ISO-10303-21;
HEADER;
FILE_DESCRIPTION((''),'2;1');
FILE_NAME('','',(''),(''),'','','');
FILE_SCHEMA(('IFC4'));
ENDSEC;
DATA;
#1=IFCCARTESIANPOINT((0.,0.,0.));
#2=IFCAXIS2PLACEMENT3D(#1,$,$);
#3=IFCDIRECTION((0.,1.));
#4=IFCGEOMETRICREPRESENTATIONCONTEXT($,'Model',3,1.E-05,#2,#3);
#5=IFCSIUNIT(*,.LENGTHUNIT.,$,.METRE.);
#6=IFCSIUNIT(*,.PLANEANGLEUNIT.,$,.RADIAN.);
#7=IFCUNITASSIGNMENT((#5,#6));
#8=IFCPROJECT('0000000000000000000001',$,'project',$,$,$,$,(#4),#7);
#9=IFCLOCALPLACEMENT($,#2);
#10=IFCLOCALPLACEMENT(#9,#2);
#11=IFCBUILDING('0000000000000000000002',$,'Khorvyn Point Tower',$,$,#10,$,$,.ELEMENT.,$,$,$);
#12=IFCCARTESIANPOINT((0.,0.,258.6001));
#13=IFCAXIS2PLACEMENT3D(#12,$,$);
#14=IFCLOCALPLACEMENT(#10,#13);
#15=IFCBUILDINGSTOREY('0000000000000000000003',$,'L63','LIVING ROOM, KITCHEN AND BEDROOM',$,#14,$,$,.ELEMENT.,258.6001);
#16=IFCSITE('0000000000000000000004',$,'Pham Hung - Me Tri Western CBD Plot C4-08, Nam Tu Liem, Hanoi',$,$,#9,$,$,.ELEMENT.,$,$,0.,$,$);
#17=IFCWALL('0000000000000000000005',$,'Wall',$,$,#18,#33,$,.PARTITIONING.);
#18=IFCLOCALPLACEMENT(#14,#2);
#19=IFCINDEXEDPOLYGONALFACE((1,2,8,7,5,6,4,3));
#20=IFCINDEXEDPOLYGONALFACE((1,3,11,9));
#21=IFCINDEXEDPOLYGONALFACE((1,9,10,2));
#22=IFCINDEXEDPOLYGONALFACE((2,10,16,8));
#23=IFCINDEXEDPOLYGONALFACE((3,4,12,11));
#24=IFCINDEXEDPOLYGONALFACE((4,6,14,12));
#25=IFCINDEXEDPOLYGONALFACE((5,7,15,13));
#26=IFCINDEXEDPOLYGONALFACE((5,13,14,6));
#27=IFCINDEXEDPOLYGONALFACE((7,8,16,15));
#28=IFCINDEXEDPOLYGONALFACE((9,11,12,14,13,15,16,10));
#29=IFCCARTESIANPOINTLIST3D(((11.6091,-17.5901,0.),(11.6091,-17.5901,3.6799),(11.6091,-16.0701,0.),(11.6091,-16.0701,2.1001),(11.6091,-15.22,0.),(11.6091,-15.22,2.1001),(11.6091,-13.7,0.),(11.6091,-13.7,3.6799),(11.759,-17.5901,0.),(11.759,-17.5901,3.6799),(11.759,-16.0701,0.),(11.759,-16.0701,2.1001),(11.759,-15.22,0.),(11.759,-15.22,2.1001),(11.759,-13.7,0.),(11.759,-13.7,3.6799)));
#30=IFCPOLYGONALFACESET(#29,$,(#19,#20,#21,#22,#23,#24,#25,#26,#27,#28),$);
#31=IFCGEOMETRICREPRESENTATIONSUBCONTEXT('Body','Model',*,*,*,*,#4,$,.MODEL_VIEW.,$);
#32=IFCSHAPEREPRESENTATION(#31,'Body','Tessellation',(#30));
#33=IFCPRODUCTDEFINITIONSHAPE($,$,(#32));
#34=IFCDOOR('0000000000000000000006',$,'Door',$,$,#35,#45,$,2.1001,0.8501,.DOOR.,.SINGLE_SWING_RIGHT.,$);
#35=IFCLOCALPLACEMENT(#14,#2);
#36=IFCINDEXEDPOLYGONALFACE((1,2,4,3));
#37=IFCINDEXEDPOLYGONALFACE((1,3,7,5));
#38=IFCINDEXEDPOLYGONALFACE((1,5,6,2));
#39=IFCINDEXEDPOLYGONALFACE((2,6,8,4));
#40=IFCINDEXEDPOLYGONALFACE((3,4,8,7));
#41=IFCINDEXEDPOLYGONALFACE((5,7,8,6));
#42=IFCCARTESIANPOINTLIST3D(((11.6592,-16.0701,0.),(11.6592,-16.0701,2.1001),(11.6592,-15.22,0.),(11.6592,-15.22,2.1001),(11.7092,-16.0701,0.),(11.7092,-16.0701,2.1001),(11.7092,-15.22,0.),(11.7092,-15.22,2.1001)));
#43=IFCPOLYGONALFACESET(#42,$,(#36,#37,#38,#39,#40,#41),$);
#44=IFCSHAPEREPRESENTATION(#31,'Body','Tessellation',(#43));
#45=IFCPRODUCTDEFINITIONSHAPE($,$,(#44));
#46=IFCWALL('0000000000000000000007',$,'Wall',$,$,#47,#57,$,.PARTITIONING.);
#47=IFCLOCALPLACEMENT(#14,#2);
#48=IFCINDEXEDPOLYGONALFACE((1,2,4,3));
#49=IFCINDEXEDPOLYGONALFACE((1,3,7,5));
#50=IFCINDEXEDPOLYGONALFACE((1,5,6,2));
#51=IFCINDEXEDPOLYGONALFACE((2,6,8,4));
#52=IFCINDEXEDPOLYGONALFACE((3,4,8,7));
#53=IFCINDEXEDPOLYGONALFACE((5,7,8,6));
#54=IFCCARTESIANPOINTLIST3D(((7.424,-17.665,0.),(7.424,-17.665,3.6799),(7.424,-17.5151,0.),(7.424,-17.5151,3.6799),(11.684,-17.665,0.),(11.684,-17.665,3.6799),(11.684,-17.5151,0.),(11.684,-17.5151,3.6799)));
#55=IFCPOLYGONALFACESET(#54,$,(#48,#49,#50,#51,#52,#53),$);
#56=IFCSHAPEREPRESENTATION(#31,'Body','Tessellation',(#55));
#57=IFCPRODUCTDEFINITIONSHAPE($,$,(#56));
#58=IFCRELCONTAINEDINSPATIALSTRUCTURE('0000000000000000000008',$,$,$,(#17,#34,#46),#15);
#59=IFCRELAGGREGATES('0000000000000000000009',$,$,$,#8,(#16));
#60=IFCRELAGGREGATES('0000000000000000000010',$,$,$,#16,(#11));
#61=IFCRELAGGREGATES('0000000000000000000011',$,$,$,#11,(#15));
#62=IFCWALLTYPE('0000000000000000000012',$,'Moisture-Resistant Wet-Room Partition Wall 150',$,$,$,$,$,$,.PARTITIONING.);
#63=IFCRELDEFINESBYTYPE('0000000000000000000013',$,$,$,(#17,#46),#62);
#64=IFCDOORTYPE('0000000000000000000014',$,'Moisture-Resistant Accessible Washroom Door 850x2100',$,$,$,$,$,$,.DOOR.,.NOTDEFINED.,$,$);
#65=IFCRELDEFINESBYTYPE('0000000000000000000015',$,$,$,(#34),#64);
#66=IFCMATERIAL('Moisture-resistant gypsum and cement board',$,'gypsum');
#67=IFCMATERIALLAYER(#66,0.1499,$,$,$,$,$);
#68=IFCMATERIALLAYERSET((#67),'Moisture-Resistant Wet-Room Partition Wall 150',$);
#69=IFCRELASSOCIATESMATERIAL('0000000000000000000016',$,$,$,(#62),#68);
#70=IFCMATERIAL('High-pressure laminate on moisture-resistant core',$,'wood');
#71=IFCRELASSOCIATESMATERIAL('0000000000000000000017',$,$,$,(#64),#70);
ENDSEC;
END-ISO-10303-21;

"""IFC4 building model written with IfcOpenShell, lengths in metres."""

from ifc_helpers import new_model, si_unit, direction, frame, frame_2d, origin, place, context, subcontext, project, spatial, rectangle, extrude, material, layer, layer_set, type_object, element, fill, save


model = new_model("IFC4")

# Units and contexts
model_context = context("Model", 3, precision=1e-05, world=origin(), true_north=direction((0.0, 1.0)))
body_context = subcontext(model_context, "Body", "Model", "MODEL_VIEW")
ifc_project = project(units=[si_unit("LENGTHUNIT", "METRE"), si_unit("PLANEANGLEUNIT", "RADIAN")], contexts=[model_context])

# Site, building, storey
site_placement = place(None, origin())
site = spatial("IfcSite", under=ifc_project, at=site_placement, Name="Pham Hung - Me Tri Western CBD Plot C4-08, Nam Tu Liem, Hanoi", CompositionType="ELEMENT", RefElevation=0.0)
building_placement = place(site_placement, origin())
building = spatial("IfcBuilding", under=site, at=building_placement, Name="Khorvyn Point Tower", CompositionType="ELEMENT")
storey_placement = place(building_placement, frame((0.0, 0.0, 258.6001)))
storey = spatial("IfcBuildingStorey", under=building, at=storey_placement, Name="L63", Description="LIVING ROOM, KITCHEN AND BEDROOM", CompositionType="ELEMENT", Elevation=258.6001)

# Wall, opening, door
ifc_material_1 = material(Name="Moisture-resistant gypsum and cement board", Category="gypsum")
ifc_layer_1 = layer(ifc_material_1, 0.1499)
ifc_layer_set_1 = layer_set([ifc_layer_1], Name="Moisture-Resistant Wet-Room Partition Wall 150")
wall_type_1 = type_object("IfcWallType", Name="Moisture-Resistant Wet-Room Partition Wall 150", PredefinedType="PARTITIONING", material=ifc_layer_set_1)
wall_1_placement = place(storey_placement, frame((11.6841, -17.5901, 0.0), z_axis=(0.0, 0.0, 1.0), x_axis=(0.0, 1.0, 0.0)))
wall_1 = element("IfcWall", 1, at=wall_1_placement, inside=storey, type_object=wall_type_1, Name="Wall", PredefinedType="PARTITIONING", context=body_context, shape_type="SweptSolid", body=[
    extrude(rectangle(XDim=3.8901, YDim=0.1499, at=frame_2d((1.9451, 0.0))), origin(), (0.0, 0.0, 1.0), 3.6799),
])
opening_1_placement = place(wall_1_placement, frame((1.52, 0.0, 0.0)))
opening_1 = element("IfcOpeningElement", 2, at=opening_1_placement, cuts=wall_1, PredefinedType="OPENING", context=body_context, shape_type="SweptSolid", body=[
    extrude(rectangle(XDim=0.8501, YDim=2.1001, at=frame_2d((0.425, 1.05))), frame((0.0, 0.085, 0.0), z_axis=(0.0, -1.0, 0.0), x_axis=(1.0, 0.0, 0.0)), (0.0, 0.0, 1.0), 0.1699),
])
ifc_material_2 = material(Name="High-pressure laminate on moisture-resistant core", Category="wood")
door_type_1 = type_object("IfcDoorType", Name="Moisture-Resistant Accessible Washroom Door 850x2100", OperationType="NOTDEFINED", PredefinedType="DOOR", material=ifc_material_2)
door_1_placement = place(opening_1_placement, origin())
door_1 = element("IfcDoor", 3, at=door_1_placement, inside=storey, type_object=door_type_1, Name="Door", OperationType="SINGLE_SWING_RIGHT", OverallHeight=2.1001, OverallWidth=0.8501, PredefinedType="DOOR", context=body_context, shape_type="SweptSolid", body=[
    extrude(rectangle(XDim=0.8501, YDim=2.1001, at=frame_2d((0.425, 1.05))), frame((0.0, 0.0249, 0.0), z_axis=(0.0, -1.0, 0.0), x_axis=(1.0, 0.0, 0.0)), (0.0, 0.0, 1.0), 0.05),
])
fill(opening_1, door_1)

# Wall
wall_2_placement = place(storey_placement, frame((7.4241, -17.5901, 0.0), z_axis=(0.0, 0.0, 1.0), x_axis=(1.0, 0.0, 0.0)))
element("IfcWall", 4, at=wall_2_placement, inside=storey, type_object=wall_type_1, Name="Wall", PredefinedType="PARTITIONING", context=body_context, shape_type="SweptSolid", body=[
    extrude(rectangle(XDim=4.26, YDim=0.1499, at=frame_2d((2.1299, 0.0))), origin(), (0.0, 0.0, 1.0), 3.6799),
])

save(model, "model.ifc")
